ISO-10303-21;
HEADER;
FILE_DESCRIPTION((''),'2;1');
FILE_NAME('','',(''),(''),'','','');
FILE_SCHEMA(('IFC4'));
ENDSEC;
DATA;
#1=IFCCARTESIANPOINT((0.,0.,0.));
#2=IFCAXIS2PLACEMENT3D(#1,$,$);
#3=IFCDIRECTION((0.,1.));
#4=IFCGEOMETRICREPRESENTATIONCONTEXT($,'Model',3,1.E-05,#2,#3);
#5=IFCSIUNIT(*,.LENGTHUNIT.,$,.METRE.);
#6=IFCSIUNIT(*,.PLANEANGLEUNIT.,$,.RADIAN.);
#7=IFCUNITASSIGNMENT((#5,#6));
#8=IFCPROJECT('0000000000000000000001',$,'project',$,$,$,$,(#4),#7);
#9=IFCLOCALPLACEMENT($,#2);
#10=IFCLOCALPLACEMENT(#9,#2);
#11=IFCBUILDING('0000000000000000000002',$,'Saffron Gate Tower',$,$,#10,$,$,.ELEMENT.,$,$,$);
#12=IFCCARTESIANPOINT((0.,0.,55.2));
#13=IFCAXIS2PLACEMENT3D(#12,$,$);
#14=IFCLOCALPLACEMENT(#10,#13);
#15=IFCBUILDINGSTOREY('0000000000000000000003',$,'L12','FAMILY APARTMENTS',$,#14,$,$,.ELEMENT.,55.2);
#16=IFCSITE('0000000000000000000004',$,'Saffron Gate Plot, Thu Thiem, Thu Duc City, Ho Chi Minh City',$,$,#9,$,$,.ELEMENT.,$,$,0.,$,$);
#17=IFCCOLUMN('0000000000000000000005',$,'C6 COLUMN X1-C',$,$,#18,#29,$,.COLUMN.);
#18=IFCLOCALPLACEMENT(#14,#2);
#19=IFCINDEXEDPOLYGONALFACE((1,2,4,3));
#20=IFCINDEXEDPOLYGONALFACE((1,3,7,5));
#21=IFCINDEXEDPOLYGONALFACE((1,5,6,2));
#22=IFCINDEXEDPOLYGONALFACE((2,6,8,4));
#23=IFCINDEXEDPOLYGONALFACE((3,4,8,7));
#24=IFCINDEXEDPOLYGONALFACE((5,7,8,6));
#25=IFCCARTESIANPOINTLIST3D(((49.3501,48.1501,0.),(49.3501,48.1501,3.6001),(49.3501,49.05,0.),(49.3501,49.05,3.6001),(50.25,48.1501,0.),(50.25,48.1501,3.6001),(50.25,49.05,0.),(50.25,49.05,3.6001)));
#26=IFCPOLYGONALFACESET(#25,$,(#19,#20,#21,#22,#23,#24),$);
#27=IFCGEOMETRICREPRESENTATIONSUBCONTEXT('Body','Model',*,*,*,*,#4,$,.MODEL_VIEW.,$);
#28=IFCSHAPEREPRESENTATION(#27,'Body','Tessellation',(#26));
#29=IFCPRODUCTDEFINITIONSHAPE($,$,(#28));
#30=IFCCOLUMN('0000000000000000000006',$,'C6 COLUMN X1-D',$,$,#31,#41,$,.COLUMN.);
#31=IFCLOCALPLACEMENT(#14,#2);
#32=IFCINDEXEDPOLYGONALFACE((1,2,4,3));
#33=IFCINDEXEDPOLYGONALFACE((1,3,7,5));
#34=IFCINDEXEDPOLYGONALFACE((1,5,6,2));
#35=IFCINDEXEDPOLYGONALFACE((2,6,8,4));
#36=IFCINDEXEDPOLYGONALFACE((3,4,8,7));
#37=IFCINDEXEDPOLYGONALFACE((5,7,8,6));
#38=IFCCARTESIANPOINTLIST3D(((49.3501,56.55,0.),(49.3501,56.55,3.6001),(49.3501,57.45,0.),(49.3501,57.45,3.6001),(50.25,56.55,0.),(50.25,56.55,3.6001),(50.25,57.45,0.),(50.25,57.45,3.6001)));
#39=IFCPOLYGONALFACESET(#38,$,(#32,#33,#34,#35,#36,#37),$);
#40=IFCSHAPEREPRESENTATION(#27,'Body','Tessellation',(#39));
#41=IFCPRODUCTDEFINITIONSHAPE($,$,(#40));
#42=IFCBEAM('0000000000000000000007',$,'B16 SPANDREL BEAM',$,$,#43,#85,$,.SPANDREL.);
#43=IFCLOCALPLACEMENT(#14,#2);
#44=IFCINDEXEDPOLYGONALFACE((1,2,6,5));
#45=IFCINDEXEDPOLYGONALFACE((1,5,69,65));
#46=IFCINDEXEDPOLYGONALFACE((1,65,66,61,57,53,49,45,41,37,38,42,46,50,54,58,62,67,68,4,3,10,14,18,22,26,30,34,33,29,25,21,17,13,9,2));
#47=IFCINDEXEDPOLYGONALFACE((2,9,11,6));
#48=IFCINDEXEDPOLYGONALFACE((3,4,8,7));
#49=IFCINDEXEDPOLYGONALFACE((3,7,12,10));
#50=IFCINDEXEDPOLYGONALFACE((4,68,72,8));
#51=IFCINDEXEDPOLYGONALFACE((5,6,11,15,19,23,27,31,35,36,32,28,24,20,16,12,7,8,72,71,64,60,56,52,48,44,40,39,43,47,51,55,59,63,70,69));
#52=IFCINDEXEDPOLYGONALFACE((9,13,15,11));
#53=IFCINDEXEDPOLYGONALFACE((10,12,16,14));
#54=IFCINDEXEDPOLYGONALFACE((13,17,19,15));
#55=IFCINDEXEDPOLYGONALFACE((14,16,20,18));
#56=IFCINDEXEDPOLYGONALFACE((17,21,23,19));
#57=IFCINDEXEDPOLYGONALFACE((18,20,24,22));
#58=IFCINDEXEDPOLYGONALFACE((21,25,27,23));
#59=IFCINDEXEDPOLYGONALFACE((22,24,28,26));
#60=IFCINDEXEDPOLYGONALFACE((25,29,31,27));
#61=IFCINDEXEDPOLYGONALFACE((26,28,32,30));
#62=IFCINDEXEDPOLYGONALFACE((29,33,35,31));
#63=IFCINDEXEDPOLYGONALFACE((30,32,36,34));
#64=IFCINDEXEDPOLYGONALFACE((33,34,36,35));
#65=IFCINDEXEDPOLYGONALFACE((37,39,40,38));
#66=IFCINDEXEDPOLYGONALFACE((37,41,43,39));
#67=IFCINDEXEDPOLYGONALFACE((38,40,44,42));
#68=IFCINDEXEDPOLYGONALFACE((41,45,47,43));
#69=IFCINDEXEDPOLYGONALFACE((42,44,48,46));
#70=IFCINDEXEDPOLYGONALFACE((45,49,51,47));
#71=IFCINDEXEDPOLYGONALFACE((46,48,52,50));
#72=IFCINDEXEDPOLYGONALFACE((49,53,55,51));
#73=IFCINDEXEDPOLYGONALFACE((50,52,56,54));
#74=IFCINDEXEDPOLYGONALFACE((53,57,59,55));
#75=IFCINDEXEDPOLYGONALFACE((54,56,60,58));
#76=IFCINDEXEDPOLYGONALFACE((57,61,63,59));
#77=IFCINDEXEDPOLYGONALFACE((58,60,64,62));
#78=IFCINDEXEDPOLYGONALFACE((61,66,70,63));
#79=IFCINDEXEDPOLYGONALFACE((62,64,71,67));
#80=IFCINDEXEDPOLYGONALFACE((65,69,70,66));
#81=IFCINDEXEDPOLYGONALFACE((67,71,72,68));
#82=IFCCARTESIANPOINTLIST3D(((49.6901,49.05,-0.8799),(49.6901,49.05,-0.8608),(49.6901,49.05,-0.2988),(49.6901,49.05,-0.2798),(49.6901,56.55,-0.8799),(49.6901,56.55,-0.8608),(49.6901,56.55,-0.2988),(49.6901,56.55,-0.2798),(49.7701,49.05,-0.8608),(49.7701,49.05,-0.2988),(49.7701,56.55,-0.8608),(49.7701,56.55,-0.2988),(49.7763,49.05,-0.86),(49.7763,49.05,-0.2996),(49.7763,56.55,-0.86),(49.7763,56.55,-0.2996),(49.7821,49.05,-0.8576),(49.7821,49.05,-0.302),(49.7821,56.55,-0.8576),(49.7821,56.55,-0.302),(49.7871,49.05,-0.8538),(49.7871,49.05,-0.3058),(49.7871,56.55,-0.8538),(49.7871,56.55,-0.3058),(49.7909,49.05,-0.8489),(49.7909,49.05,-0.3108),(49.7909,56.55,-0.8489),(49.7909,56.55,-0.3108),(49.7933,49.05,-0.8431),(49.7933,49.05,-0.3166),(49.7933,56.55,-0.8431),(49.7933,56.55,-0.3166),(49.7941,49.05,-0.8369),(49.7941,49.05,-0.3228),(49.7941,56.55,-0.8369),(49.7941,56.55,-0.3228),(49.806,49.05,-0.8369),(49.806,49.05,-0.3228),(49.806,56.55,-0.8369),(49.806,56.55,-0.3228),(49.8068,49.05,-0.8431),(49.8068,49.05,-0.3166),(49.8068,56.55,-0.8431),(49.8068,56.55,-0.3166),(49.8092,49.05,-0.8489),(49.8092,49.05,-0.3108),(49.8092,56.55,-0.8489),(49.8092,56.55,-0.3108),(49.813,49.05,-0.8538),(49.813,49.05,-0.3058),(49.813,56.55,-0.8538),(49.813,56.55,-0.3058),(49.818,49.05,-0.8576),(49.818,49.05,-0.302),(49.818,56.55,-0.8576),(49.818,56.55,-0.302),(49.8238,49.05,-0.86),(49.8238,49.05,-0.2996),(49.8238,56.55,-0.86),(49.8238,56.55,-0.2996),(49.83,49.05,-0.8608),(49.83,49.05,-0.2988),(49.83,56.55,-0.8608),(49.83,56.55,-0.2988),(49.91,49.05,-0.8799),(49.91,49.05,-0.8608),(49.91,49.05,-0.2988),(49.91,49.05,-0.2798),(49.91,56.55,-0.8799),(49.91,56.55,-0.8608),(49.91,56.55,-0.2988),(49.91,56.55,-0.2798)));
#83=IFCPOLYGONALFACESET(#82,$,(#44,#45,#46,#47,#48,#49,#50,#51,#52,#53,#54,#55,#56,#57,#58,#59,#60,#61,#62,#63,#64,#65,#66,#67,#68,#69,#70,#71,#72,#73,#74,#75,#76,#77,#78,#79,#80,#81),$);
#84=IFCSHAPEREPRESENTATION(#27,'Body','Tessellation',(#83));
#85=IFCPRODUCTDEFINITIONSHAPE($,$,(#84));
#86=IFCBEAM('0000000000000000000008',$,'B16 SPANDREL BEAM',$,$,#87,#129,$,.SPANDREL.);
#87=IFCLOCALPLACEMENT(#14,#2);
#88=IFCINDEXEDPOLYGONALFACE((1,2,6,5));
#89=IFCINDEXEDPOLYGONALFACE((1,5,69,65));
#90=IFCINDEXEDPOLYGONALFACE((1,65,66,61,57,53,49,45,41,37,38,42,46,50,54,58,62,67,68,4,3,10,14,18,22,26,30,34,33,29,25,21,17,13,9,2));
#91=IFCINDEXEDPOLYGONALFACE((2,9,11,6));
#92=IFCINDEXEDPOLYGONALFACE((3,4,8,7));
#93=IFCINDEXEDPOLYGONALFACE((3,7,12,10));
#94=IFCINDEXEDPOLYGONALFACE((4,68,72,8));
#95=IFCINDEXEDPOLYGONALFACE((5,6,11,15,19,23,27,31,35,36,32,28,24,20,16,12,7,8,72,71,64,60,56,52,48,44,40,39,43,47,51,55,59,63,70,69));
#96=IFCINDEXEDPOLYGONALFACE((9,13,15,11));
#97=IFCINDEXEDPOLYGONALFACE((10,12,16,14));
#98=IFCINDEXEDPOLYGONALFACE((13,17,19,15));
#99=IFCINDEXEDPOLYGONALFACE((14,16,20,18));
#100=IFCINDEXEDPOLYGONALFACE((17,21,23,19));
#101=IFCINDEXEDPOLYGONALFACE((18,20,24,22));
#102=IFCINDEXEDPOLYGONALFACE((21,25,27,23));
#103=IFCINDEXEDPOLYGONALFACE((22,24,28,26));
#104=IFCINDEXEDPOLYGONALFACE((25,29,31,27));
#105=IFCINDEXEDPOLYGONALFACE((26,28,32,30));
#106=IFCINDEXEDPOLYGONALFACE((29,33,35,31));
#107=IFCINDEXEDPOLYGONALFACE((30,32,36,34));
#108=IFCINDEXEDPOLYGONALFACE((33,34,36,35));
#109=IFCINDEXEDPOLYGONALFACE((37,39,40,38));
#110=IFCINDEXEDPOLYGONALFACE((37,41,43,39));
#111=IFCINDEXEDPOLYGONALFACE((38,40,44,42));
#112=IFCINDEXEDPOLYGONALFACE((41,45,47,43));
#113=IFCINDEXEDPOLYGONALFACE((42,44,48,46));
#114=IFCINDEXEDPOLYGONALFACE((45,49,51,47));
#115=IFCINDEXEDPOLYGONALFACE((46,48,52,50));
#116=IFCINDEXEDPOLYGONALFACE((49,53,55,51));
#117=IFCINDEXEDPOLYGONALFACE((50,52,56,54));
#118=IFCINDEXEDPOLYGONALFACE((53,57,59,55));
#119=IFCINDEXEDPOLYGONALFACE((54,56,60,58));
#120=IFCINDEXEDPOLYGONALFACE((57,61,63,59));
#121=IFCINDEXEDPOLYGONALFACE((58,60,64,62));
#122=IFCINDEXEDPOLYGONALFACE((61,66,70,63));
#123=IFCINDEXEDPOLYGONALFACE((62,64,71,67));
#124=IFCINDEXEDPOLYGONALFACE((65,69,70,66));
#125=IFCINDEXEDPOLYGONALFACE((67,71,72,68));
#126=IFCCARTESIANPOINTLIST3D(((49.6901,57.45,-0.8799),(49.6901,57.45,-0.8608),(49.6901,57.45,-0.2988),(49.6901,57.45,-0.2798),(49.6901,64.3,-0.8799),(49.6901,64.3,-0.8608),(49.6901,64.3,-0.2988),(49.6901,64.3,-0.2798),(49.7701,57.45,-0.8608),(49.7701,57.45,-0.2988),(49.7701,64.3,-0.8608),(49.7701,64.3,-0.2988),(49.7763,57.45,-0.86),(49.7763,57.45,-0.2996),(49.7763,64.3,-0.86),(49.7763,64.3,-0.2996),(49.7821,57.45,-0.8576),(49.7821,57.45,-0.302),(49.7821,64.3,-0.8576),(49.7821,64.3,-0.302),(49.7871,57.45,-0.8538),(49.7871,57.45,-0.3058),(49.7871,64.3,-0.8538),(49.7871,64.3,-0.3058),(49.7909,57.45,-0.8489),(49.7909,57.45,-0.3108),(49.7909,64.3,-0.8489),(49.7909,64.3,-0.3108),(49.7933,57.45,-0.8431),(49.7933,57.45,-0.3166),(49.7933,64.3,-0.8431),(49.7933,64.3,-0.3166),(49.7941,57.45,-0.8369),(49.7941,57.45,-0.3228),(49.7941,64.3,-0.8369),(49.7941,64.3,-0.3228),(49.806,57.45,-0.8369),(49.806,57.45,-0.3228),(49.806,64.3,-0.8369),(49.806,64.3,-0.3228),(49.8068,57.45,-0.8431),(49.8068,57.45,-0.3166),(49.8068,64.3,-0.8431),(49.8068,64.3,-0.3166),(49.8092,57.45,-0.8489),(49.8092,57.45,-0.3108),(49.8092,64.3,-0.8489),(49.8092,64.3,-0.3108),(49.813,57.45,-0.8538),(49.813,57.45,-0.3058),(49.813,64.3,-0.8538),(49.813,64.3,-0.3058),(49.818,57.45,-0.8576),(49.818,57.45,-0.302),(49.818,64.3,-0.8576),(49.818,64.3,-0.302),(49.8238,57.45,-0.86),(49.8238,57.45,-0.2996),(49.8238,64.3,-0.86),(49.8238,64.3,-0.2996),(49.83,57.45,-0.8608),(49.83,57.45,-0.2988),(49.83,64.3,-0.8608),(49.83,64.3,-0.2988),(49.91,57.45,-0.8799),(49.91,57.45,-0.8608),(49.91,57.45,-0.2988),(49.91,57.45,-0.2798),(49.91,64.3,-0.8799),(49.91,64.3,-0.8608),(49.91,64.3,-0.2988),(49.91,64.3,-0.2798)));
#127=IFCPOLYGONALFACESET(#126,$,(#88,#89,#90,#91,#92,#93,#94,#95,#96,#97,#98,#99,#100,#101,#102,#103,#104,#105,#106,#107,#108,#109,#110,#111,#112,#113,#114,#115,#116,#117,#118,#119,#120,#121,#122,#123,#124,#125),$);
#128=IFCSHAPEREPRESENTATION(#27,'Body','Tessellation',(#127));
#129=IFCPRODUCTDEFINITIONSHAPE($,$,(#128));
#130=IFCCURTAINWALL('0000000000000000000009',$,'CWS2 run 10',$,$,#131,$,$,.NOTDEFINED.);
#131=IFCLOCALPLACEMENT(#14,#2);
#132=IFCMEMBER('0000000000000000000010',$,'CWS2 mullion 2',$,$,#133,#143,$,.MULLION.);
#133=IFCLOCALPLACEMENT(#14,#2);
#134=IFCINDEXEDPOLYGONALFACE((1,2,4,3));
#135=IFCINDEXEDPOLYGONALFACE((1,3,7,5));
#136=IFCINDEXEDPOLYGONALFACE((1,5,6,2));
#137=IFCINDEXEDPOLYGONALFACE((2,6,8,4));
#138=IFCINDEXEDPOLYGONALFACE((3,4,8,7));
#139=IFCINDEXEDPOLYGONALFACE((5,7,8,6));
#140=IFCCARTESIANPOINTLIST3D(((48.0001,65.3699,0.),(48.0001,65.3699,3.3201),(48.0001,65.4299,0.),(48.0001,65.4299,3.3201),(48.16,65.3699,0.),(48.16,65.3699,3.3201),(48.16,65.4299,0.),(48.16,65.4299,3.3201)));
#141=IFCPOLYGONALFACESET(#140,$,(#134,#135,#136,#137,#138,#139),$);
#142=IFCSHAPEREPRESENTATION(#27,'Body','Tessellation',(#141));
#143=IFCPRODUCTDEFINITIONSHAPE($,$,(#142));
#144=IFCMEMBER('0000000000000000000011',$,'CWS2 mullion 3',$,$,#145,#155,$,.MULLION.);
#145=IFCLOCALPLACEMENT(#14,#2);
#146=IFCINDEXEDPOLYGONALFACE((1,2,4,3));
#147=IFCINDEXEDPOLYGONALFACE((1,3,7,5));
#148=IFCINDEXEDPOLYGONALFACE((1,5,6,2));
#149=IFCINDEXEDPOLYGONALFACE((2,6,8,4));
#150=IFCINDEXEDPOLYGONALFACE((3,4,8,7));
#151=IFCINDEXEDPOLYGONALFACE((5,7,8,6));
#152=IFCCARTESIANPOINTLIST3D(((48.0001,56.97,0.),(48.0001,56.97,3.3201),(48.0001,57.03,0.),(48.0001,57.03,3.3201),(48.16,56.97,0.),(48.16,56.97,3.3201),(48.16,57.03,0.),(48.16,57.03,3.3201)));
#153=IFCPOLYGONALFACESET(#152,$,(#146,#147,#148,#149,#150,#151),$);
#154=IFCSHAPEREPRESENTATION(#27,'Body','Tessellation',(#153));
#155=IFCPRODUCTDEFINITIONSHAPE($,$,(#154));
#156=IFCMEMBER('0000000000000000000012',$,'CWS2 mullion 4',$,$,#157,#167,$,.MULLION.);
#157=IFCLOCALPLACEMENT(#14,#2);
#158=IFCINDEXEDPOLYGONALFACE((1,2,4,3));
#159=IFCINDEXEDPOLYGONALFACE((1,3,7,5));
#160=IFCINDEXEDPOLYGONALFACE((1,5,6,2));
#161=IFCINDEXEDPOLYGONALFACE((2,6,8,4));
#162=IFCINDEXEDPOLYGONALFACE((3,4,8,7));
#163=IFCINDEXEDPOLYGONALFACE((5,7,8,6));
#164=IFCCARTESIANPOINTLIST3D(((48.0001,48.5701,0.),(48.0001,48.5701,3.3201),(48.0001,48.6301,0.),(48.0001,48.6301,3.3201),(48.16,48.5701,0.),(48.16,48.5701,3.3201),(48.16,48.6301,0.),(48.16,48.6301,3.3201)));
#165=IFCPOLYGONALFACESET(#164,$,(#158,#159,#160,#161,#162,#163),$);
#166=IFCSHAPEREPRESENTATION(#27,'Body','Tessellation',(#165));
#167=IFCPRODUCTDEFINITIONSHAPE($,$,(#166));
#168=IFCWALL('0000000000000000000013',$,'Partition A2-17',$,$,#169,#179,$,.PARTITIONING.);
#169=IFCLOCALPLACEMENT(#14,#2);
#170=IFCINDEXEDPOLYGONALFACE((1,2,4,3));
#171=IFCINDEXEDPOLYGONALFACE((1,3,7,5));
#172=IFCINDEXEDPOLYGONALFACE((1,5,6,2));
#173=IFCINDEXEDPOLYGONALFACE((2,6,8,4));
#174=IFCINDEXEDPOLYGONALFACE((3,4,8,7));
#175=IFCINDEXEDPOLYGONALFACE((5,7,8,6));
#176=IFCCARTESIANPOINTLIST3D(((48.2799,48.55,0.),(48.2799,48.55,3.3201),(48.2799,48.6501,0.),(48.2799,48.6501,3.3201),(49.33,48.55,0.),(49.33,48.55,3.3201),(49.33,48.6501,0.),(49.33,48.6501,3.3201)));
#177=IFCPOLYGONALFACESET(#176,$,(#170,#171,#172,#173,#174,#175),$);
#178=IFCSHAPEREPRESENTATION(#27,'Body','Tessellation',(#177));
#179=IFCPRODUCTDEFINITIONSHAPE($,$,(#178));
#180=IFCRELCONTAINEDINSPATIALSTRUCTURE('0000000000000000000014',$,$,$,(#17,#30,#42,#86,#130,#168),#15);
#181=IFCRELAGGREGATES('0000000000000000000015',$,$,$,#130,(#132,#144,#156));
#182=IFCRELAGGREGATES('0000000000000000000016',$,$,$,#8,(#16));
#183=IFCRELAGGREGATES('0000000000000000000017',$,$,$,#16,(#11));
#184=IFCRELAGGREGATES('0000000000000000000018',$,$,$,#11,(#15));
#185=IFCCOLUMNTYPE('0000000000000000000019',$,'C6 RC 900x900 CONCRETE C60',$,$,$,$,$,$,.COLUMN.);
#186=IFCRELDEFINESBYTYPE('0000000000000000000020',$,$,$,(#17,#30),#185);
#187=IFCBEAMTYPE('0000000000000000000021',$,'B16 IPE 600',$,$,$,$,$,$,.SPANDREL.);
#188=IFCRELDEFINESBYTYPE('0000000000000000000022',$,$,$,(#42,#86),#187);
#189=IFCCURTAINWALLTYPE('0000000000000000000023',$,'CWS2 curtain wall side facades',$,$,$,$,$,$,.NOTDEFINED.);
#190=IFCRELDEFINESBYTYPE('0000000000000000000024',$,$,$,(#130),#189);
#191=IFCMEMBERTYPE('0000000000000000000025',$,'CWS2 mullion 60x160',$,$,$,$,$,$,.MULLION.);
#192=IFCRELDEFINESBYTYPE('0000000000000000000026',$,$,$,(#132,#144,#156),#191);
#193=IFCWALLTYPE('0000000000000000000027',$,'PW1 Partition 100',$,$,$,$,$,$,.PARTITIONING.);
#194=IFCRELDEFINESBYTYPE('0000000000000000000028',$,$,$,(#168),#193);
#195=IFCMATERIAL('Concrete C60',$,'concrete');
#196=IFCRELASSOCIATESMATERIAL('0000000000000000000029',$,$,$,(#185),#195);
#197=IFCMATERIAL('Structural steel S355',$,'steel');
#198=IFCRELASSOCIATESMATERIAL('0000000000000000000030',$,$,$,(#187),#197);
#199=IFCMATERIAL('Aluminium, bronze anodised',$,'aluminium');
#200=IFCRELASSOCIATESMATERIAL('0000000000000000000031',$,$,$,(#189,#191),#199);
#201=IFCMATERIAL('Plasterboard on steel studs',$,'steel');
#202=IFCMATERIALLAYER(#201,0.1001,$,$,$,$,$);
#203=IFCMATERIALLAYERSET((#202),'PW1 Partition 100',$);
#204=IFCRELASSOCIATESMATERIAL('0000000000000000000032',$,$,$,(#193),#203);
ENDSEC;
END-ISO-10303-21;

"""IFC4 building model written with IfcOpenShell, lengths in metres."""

from ifc_helpers import new_model, si_unit, direction, frame, frame_2d, origin, origin_2d, place, context, subcontext, project, spatial, rectangle, i_section, extrude, material, layer, layer_set, material_profile, profile_set, type_object, element, aggregate, save


model = new_model("IFC4")

# Units and contexts
model_context = context("Model", 3, precision=1e-05, world=origin(), true_north=direction((0.0, 1.0)))
body_context = subcontext(model_context, "Body", "Model", "MODEL_VIEW")
ifc_project = project(units=[si_unit("LENGTHUNIT", "METRE"), si_unit("PLANEANGLEUNIT", "RADIAN")], contexts=[model_context])

# Site, building, storey
site_placement = place(None, origin())
site = spatial("IfcSite", under=ifc_project, at=site_placement, Name="Saffron Gate Plot, Thu Thiem, Thu Duc City, Ho Chi Minh City", CompositionType="ELEMENT", RefElevation=0.0)
building_placement = place(site_placement, origin())
building = spatial("IfcBuilding", under=site, at=building_placement, Name="Saffron Gate Tower", CompositionType="ELEMENT")
storey_placement = place(building_placement, frame((0.0, 0.0, 55.2)))
storey = spatial("IfcBuildingStorey", under=building, at=storey_placement, Name="L12", Description="FAMILY APARTMENTS", CompositionType="ELEMENT", Elevation=55.2)

# Columns
ifc_material_1 = material(Name="Concrete C60", Category="concrete")
ifc_material_profile_1 = material_profile(ifc_material_1, rectangle(XDim=0.8999, YDim=0.8999, at=origin_2d()))
ifc_profile_set_1 = profile_set([ifc_material_profile_1], Name="Concrete C60")
column_type = type_object("IfcColumnType", Name="C6 RC 900x900 CONCRETE C60", PredefinedType="COLUMN", material=ifc_profile_set_1)
for number, where, z_axis, x_axis, name in (
    (1, (49.8, 48.6001, 0.0), (0.0, 0.0, 1.0), (1.0, 0.0, 0.0), "C6 COLUMN X1-C"),
    (2, (49.8, 57.0, 0.0), (0.0, 0.0, 1.0), (1.0, 0.0, 0.0), "C6 COLUMN X1-D"),
):
    element("IfcColumn", number, at=place(storey_placement, frame(where, z_axis=z_axis, x_axis=x_axis)), inside=storey, type_object=column_type, Name=name, PredefinedType="COLUMN", context=body_context, shape_type="SweptSolid", body=[
        extrude(rectangle(XDim=0.8999, YDim=0.8999, at=origin_2d()), origin(), (0.0, 0.0, 1.0), 3.6001),
    ])

# Beams
ifc_material_2 = material(Name="Structural steel S355", Category="steel")
ifc_material_profile_2 = material_profile(ifc_material_2, i_section(OverallWidth=0.22, OverallDepth=0.6001, WebThickness=0.012, FlangeThickness=0.019, FilletRadius=0.0239, at=origin_2d()))
ifc_profile_set_2 = profile_set([ifc_material_profile_2], Name="Structural steel S355")
beam_type = type_object("IfcBeamType", Name="B16 IPE 600", PredefinedType="SPANDREL", material=ifc_profile_set_2)
beam_1_placement = place(storey_placement, frame((49.8, 49.05, -0.5798), z_axis=(0.0, 1.0, 0.0), x_axis=(-1.0, 0.0, 0.0)))
element("IfcBeam", 3, at=beam_1_placement, inside=storey, type_object=beam_type, Name="B16 SPANDREL BEAM", PredefinedType="SPANDREL", context=body_context, shape_type="SweptSolid", body=[
    extrude(i_section(OverallWidth=0.22, OverallDepth=0.6001, WebThickness=0.012, FlangeThickness=0.019, FilletRadius=0.0239, at=origin_2d()), origin(), (0.0, 0.0, 1.0), 7.5),
])
beam_2_placement = place(storey_placement, frame((49.8, 57.45, -0.5798), z_axis=(0.0, 1.0, 0.0), x_axis=(-1.0, 0.0, 0.0)))
element("IfcBeam", 4, at=beam_2_placement, inside=storey, type_object=beam_type, Name="B16 SPANDREL BEAM", PredefinedType="SPANDREL", context=body_context, shape_type="SweptSolid", body=[
    extrude(i_section(OverallWidth=0.22, OverallDepth=0.6001, WebThickness=0.012, FlangeThickness=0.019, FilletRadius=0.0239, at=origin_2d()), origin(), (0.0, 0.0, 1.0), 6.8501),
])

# Curtain wall, members
ifc_material_3 = material(Name="Aluminium, bronze anodised", Category="aluminium")
curtain_wall_type = type_object("IfcCurtainWallType", Name="CWS2 curtain wall side facades", PredefinedType="NOTDEFINED", material=ifc_material_3)
curtain_wall_placement = place(storey_placement, origin())
curtain_wall = element("IfcCurtainWall", 5, at=curtain_wall_placement, inside=storey, type_object=curtain_wall_type, Name="CWS2 run 10", PredefinedType="NOTDEFINED")
ifc_material_profile_3 = material_profile(ifc_material_3, rectangle(XDim=0.1599, YDim=0.0601, at=origin_2d()))
ifc_profile_set_3 = profile_set([ifc_material_profile_3], Name="Aluminium, bronze anodised")
member_type = type_object("IfcMemberType", Name="CWS2 mullion 60x160", PredefinedType="MULLION", material=ifc_profile_set_3)
member_1_placement = place(storey_placement, frame((48.0801, 65.3999, 0.0), z_axis=(0.0, 0.0, 1.0), x_axis=(1.0, 0.0, 0.0)))
member_1 = element("IfcMember", 6, at=member_1_placement, type_object=member_type, Name="CWS2 mullion 2", PredefinedType="MULLION", context=body_context, shape_type="SweptSolid", body=[
    extrude(rectangle(XDim=0.1599, YDim=0.0601, at=origin_2d()), origin(), (0.0, 0.0, 1.0), 3.3201),
])
member_2_placement = place(storey_placement, frame((48.0801, 57.0, 0.0), z_axis=(0.0, 0.0, 1.0), x_axis=(1.0, 0.0, 0.0)))
member_2 = element("IfcMember", 7, at=member_2_placement, type_object=member_type, Name="CWS2 mullion 3", PredefinedType="MULLION", context=body_context, shape_type="SweptSolid", body=[
    extrude(rectangle(XDim=0.1599, YDim=0.0601, at=origin_2d()), origin(), (0.0, 0.0, 1.0), 3.3201),
])
member_3_placement = place(storey_placement, frame((48.0801, 48.6001, 0.0), z_axis=(0.0, 0.0, 1.0), x_axis=(1.0, 0.0, 0.0)))
member_3 = element("IfcMember", 8, at=member_3_placement, type_object=member_type, Name="CWS2 mullion 4", PredefinedType="MULLION", context=body_context, shape_type="SweptSolid", body=[
    extrude(rectangle(XDim=0.1599, YDim=0.0601, at=origin_2d()), origin(), (0.0, 0.0, 1.0), 3.3201),
])
aggregate(curtain_wall, [member_1, member_2, member_3])

# Wall
ifc_material_4 = material(Name="Plasterboard on steel studs", Category="steel")
ifc_layer_1 = layer(ifc_material_4, 0.1001)
ifc_layer_set_1 = layer_set([ifc_layer_1], Name="PW1 Partition 100")
wall_type_1 = type_object("IfcWallType", Name="PW1 Partition 100", PredefinedType="PARTITIONING", material=ifc_layer_set_1)
wall_1_placement = place(storey_placement, frame((48.28, 48.6001, 0.0), z_axis=(0.0, 0.0, 1.0), x_axis=(1.0, 0.0, 0.0)))
element("IfcWall", 9, at=wall_1_placement, inside=storey, type_object=wall_type_1, Name="Partition A2-17", PredefinedType="PARTITIONING", context=body_context, shape_type="SweptSolid", body=[
    extrude(rectangle(XDim=1.05, YDim=0.1001, at=frame_2d((0.5249, 0.0))), origin(), (0.0, 0.0, 1.0), 3.3201),
])

save(model, "model.ifc")
